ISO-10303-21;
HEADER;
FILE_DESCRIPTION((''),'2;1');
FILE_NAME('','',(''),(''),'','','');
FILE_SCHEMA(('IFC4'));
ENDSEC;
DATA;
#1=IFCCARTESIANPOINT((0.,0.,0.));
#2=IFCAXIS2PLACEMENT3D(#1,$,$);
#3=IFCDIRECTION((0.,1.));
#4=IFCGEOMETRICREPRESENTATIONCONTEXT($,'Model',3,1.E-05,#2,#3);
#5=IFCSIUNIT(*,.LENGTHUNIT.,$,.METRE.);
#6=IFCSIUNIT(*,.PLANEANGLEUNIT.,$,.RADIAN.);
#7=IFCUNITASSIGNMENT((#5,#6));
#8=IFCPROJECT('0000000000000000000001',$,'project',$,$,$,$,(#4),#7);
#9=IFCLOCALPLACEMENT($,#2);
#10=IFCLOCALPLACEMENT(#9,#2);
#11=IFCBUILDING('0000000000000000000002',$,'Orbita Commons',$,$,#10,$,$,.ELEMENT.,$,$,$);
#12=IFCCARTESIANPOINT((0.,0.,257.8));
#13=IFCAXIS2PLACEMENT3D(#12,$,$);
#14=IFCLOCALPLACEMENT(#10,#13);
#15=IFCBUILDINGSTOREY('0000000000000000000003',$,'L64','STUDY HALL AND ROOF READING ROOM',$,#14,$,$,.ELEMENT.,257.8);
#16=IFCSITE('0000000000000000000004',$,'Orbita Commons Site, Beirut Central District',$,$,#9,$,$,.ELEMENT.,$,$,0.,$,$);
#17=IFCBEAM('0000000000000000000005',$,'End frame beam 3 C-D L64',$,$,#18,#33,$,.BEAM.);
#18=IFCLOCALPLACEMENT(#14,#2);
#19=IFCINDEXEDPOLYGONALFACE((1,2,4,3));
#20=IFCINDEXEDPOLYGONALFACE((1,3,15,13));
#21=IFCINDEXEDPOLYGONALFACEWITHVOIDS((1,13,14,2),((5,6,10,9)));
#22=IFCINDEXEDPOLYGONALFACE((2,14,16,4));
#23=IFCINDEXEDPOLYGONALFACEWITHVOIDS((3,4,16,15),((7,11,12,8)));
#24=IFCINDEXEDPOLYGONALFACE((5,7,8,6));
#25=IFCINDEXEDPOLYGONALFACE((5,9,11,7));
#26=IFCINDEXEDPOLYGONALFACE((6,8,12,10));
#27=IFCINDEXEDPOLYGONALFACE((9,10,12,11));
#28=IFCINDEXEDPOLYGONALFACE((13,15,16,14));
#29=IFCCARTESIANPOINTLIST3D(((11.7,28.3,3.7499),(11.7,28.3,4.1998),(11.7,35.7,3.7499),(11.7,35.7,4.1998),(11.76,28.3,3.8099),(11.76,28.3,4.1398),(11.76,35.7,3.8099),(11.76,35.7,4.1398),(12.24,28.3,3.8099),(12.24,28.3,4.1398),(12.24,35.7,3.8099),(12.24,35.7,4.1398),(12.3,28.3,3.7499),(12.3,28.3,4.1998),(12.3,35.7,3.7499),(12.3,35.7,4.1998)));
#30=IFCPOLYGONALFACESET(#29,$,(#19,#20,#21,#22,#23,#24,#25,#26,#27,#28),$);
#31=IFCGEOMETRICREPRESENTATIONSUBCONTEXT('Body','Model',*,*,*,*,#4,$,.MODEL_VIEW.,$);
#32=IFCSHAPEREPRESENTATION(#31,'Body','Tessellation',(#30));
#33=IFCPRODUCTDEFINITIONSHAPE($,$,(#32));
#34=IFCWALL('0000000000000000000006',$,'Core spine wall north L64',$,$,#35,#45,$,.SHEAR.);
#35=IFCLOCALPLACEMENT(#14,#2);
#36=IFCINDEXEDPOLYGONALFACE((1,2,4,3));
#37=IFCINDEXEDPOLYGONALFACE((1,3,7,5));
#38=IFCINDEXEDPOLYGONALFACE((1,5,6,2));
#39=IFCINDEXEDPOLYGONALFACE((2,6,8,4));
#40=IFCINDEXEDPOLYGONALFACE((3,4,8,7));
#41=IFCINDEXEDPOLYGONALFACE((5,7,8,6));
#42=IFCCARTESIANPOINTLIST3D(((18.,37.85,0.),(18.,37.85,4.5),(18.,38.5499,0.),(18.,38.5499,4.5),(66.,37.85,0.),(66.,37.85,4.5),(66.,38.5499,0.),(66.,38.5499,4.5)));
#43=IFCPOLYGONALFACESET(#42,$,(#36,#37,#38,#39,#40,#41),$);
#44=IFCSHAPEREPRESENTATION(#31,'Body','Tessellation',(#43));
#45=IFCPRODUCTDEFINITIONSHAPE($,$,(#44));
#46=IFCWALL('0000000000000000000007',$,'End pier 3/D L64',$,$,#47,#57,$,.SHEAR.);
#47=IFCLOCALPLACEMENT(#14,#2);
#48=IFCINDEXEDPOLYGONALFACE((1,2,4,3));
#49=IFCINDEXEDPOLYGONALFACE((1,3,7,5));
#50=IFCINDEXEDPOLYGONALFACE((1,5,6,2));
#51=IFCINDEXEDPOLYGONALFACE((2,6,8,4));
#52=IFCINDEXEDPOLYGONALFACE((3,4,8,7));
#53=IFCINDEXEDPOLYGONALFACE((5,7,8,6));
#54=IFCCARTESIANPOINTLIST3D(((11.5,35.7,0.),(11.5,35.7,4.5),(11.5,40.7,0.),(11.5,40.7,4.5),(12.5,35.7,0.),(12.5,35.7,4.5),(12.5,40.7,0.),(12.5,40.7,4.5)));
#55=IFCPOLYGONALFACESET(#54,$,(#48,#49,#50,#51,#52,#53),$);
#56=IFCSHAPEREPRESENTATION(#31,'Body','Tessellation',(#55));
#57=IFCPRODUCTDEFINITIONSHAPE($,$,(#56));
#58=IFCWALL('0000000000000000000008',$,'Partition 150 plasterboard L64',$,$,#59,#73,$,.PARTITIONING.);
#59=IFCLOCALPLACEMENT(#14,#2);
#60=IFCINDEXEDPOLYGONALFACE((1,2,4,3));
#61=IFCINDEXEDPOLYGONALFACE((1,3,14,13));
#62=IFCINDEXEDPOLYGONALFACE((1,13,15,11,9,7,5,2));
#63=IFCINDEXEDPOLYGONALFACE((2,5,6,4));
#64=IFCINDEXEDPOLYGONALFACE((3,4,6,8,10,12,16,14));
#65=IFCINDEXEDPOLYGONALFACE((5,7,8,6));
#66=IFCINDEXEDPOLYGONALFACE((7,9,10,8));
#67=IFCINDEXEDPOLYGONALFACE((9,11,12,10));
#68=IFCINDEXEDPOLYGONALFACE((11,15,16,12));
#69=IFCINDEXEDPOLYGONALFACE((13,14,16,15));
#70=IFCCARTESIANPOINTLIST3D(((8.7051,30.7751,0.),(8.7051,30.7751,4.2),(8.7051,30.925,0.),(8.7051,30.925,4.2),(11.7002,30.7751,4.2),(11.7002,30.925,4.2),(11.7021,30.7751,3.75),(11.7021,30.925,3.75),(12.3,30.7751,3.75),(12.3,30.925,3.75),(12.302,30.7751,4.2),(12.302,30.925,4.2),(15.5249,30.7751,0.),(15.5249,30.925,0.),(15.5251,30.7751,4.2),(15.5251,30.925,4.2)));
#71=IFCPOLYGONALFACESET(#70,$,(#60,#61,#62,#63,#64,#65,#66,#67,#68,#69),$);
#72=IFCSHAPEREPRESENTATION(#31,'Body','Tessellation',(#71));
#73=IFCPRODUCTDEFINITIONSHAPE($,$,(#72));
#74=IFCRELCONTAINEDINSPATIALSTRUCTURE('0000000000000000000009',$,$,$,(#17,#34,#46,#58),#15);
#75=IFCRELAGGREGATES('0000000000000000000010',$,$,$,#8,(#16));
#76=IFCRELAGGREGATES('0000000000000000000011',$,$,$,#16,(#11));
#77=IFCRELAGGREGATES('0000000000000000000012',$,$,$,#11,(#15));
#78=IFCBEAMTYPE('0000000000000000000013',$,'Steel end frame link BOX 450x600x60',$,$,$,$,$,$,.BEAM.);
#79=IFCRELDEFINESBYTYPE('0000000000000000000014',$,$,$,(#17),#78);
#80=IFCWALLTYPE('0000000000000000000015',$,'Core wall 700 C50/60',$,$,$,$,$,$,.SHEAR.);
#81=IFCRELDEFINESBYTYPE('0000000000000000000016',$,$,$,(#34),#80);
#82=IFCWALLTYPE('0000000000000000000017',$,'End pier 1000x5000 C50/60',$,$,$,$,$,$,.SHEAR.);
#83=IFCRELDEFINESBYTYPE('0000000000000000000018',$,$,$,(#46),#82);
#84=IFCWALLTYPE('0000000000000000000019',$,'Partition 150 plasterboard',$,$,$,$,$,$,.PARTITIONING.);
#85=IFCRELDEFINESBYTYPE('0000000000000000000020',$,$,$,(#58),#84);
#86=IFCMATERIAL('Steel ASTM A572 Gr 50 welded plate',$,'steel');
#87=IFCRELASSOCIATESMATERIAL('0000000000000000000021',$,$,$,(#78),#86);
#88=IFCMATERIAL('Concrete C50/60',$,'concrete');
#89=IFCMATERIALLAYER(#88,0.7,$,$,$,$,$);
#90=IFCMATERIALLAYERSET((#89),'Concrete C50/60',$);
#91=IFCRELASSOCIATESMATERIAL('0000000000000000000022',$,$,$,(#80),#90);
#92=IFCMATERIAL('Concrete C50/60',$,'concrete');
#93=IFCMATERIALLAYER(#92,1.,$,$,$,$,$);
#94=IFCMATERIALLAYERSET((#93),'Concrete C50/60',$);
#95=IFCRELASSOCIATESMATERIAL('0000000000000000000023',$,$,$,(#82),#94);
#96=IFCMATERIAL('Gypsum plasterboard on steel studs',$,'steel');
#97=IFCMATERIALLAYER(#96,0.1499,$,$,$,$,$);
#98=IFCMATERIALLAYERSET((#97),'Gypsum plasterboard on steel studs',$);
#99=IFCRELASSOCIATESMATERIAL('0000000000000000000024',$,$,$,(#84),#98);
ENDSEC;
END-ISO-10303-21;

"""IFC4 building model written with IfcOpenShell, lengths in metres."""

from ifc_helpers import new_model, si_unit, direction, frame, frame_2d, origin, origin_2d, place, context, subcontext, project, spatial, polyline, rectangle, hollow_rectangle, outline, extrude, material, layer, layer_set, material_profile, profile_set, type_object, element, save


model = new_model("IFC4")

# Units and contexts
model_context = context("Model", 3, precision=1e-05, world=origin(), true_north=direction((0.0, 1.0)))
body_context = subcontext(model_context, "Body", "Model", "MODEL_VIEW")
ifc_project = project(units=[si_unit("LENGTHUNIT", "METRE"), si_unit("PLANEANGLEUNIT", "RADIAN")], contexts=[model_context])

# Site, building, storey
site_placement = place(None, origin())
site = spatial("IfcSite", under=ifc_project, at=site_placement, Name="Orbita Commons Site, Beirut Central District", CompositionType="ELEMENT", RefElevation=0.0)
building_placement = place(site_placement, origin())
building = spatial("IfcBuilding", under=site, at=building_placement, Name="Orbita Commons", CompositionType="ELEMENT")
storey_placement = place(building_placement, frame((0.0, 0.0, 257.8)))
storey = spatial("IfcBuildingStorey", under=building, at=storey_placement, Name="L64", Description="STUDY HALL AND ROOF READING ROOM", CompositionType="ELEMENT", Elevation=257.8)

# Beam
ifc_material_1 = material(Name="Steel ASTM A572 Gr 50 welded plate", Category="steel")
ifc_material_profile = material_profile(ifc_material_1, hollow_rectangle(XDim=0.6001, YDim=0.45, WallThickness=0.0601, at=origin_2d()), Name="BOX 450x600x60")
ifc_profile_set = profile_set([ifc_material_profile], Name="Steel ASTM A572 Gr 50 welded plate")
beam_type = type_object("IfcBeamType", Name="Steel end frame link BOX 450x600x60", PredefinedType="BEAM", material=ifc_profile_set)
beam_placement = place(storey_placement, frame((12.0, 28.3, 3.9749), z_axis=(0.0, 1.0, 0.0), x_axis=(-1.0, 0.0, 0.0)))
element("IfcBeam", 1, at=beam_placement, inside=storey, type_object=beam_type, Name="End frame beam 3 C-D L64", PredefinedType="BEAM", context=body_context, shape_type="SweptSolid", body=[
    extrude(hollow_rectangle(XDim=0.6001, YDim=0.45, WallThickness=0.0601, at=origin_2d()), origin(), (0.0, 0.0, 1.0), 7.3999),
])

# Walls
ifc_material_2 = material(Name="Concrete C50/60", Category="concrete")
ifc_layer_1 = layer(ifc_material_2, 0.7)
ifc_layer_set_1 = layer_set([ifc_layer_1], Name="Concrete C50/60")
wall_type_1 = type_object("IfcWallType", Name="Core wall 700 C50/60", PredefinedType="SHEAR", material=ifc_layer_set_1)
wall_1_placement = place(storey_placement, frame((18.0, 38.2, 0.0), z_axis=(0.0, 0.0, 1.0), x_axis=(1.0, 0.0, 0.0)))
element("IfcWall", 2, at=wall_1_placement, inside=storey, type_object=wall_type_1, Name="Core spine wall north L64", PredefinedType="SHEAR", context=body_context, shape_type="SweptSolid", body=[
    extrude(rectangle(XDim=48.0, YDim=0.7, at=frame_2d((24.0, 0.0))), origin(), (0.0, 0.0, 1.0), 4.5),
])
ifc_material_3 = material(Name="Concrete C50/60", Category="concrete")
ifc_layer_2 = layer(ifc_material_3, 1.0)
ifc_layer_set_2 = layer_set([ifc_layer_2], Name="Concrete C50/60")
wall_type_2 = type_object("IfcWallType", Name="End pier 1000x5000 C50/60", PredefinedType="SHEAR", material=ifc_layer_set_2)
wall_2_placement = place(storey_placement, frame((12.0, 35.7, 0.0), z_axis=(0.0, 0.0, 1.0), x_axis=(0.0, 1.0, 0.0)))
element("IfcWall", 3, at=wall_2_placement, inside=storey, type_object=wall_type_2, Name="End pier 3/D L64", PredefinedType="SHEAR", context=body_context, shape_type="SweptSolid", body=[
    extrude(rectangle(XDim=5.0, YDim=1.0, at=frame_2d((2.5, 0.0))), origin(), (0.0, 0.0, 1.0), 4.5),
])
ifc_material_4 = material(Name="Gypsum plasterboard on steel studs", Category="steel")
ifc_layer_3 = layer(ifc_material_4, 0.1499)
ifc_layer_set_3 = layer_set([ifc_layer_3], Name="Gypsum plasterboard on steel studs")
wall_type_3 = type_object("IfcWallType", Name="Partition 150 plasterboard", PredefinedType="PARTITIONING", material=ifc_layer_set_3)
wall_3_placement = place(storey_placement, frame((8.7051, 30.8501, 0.0), z_axis=(0.0, 0.0, 1.0), x_axis=(1.0, 0.0, 0.0)))
element("IfcWall", 4, at=wall_3_placement, inside=storey, type_object=wall_type_3, Name="Partition 150 plasterboard L64", PredefinedType="PARTITIONING", context=body_context, shape_type="SweptSolid", body=[
    extrude(outline(polyline([(0.0, 0.0), (6.8198, 0.0), (6.8201, 4.2), (3.5969, 4.2), (3.595, 3.75), (2.9971, 3.75), (2.9951, 4.2), (0.0, 4.2), (0.0, 0.0)])), frame((0.0, 0.075, 0.0), z_axis=(0.0, -1.0, 0.0), x_axis=(1.0, 0.0, 0.0)), (0.0, 0.0, 1.0), 0.1499),
])

save(model, "model.ifc")
